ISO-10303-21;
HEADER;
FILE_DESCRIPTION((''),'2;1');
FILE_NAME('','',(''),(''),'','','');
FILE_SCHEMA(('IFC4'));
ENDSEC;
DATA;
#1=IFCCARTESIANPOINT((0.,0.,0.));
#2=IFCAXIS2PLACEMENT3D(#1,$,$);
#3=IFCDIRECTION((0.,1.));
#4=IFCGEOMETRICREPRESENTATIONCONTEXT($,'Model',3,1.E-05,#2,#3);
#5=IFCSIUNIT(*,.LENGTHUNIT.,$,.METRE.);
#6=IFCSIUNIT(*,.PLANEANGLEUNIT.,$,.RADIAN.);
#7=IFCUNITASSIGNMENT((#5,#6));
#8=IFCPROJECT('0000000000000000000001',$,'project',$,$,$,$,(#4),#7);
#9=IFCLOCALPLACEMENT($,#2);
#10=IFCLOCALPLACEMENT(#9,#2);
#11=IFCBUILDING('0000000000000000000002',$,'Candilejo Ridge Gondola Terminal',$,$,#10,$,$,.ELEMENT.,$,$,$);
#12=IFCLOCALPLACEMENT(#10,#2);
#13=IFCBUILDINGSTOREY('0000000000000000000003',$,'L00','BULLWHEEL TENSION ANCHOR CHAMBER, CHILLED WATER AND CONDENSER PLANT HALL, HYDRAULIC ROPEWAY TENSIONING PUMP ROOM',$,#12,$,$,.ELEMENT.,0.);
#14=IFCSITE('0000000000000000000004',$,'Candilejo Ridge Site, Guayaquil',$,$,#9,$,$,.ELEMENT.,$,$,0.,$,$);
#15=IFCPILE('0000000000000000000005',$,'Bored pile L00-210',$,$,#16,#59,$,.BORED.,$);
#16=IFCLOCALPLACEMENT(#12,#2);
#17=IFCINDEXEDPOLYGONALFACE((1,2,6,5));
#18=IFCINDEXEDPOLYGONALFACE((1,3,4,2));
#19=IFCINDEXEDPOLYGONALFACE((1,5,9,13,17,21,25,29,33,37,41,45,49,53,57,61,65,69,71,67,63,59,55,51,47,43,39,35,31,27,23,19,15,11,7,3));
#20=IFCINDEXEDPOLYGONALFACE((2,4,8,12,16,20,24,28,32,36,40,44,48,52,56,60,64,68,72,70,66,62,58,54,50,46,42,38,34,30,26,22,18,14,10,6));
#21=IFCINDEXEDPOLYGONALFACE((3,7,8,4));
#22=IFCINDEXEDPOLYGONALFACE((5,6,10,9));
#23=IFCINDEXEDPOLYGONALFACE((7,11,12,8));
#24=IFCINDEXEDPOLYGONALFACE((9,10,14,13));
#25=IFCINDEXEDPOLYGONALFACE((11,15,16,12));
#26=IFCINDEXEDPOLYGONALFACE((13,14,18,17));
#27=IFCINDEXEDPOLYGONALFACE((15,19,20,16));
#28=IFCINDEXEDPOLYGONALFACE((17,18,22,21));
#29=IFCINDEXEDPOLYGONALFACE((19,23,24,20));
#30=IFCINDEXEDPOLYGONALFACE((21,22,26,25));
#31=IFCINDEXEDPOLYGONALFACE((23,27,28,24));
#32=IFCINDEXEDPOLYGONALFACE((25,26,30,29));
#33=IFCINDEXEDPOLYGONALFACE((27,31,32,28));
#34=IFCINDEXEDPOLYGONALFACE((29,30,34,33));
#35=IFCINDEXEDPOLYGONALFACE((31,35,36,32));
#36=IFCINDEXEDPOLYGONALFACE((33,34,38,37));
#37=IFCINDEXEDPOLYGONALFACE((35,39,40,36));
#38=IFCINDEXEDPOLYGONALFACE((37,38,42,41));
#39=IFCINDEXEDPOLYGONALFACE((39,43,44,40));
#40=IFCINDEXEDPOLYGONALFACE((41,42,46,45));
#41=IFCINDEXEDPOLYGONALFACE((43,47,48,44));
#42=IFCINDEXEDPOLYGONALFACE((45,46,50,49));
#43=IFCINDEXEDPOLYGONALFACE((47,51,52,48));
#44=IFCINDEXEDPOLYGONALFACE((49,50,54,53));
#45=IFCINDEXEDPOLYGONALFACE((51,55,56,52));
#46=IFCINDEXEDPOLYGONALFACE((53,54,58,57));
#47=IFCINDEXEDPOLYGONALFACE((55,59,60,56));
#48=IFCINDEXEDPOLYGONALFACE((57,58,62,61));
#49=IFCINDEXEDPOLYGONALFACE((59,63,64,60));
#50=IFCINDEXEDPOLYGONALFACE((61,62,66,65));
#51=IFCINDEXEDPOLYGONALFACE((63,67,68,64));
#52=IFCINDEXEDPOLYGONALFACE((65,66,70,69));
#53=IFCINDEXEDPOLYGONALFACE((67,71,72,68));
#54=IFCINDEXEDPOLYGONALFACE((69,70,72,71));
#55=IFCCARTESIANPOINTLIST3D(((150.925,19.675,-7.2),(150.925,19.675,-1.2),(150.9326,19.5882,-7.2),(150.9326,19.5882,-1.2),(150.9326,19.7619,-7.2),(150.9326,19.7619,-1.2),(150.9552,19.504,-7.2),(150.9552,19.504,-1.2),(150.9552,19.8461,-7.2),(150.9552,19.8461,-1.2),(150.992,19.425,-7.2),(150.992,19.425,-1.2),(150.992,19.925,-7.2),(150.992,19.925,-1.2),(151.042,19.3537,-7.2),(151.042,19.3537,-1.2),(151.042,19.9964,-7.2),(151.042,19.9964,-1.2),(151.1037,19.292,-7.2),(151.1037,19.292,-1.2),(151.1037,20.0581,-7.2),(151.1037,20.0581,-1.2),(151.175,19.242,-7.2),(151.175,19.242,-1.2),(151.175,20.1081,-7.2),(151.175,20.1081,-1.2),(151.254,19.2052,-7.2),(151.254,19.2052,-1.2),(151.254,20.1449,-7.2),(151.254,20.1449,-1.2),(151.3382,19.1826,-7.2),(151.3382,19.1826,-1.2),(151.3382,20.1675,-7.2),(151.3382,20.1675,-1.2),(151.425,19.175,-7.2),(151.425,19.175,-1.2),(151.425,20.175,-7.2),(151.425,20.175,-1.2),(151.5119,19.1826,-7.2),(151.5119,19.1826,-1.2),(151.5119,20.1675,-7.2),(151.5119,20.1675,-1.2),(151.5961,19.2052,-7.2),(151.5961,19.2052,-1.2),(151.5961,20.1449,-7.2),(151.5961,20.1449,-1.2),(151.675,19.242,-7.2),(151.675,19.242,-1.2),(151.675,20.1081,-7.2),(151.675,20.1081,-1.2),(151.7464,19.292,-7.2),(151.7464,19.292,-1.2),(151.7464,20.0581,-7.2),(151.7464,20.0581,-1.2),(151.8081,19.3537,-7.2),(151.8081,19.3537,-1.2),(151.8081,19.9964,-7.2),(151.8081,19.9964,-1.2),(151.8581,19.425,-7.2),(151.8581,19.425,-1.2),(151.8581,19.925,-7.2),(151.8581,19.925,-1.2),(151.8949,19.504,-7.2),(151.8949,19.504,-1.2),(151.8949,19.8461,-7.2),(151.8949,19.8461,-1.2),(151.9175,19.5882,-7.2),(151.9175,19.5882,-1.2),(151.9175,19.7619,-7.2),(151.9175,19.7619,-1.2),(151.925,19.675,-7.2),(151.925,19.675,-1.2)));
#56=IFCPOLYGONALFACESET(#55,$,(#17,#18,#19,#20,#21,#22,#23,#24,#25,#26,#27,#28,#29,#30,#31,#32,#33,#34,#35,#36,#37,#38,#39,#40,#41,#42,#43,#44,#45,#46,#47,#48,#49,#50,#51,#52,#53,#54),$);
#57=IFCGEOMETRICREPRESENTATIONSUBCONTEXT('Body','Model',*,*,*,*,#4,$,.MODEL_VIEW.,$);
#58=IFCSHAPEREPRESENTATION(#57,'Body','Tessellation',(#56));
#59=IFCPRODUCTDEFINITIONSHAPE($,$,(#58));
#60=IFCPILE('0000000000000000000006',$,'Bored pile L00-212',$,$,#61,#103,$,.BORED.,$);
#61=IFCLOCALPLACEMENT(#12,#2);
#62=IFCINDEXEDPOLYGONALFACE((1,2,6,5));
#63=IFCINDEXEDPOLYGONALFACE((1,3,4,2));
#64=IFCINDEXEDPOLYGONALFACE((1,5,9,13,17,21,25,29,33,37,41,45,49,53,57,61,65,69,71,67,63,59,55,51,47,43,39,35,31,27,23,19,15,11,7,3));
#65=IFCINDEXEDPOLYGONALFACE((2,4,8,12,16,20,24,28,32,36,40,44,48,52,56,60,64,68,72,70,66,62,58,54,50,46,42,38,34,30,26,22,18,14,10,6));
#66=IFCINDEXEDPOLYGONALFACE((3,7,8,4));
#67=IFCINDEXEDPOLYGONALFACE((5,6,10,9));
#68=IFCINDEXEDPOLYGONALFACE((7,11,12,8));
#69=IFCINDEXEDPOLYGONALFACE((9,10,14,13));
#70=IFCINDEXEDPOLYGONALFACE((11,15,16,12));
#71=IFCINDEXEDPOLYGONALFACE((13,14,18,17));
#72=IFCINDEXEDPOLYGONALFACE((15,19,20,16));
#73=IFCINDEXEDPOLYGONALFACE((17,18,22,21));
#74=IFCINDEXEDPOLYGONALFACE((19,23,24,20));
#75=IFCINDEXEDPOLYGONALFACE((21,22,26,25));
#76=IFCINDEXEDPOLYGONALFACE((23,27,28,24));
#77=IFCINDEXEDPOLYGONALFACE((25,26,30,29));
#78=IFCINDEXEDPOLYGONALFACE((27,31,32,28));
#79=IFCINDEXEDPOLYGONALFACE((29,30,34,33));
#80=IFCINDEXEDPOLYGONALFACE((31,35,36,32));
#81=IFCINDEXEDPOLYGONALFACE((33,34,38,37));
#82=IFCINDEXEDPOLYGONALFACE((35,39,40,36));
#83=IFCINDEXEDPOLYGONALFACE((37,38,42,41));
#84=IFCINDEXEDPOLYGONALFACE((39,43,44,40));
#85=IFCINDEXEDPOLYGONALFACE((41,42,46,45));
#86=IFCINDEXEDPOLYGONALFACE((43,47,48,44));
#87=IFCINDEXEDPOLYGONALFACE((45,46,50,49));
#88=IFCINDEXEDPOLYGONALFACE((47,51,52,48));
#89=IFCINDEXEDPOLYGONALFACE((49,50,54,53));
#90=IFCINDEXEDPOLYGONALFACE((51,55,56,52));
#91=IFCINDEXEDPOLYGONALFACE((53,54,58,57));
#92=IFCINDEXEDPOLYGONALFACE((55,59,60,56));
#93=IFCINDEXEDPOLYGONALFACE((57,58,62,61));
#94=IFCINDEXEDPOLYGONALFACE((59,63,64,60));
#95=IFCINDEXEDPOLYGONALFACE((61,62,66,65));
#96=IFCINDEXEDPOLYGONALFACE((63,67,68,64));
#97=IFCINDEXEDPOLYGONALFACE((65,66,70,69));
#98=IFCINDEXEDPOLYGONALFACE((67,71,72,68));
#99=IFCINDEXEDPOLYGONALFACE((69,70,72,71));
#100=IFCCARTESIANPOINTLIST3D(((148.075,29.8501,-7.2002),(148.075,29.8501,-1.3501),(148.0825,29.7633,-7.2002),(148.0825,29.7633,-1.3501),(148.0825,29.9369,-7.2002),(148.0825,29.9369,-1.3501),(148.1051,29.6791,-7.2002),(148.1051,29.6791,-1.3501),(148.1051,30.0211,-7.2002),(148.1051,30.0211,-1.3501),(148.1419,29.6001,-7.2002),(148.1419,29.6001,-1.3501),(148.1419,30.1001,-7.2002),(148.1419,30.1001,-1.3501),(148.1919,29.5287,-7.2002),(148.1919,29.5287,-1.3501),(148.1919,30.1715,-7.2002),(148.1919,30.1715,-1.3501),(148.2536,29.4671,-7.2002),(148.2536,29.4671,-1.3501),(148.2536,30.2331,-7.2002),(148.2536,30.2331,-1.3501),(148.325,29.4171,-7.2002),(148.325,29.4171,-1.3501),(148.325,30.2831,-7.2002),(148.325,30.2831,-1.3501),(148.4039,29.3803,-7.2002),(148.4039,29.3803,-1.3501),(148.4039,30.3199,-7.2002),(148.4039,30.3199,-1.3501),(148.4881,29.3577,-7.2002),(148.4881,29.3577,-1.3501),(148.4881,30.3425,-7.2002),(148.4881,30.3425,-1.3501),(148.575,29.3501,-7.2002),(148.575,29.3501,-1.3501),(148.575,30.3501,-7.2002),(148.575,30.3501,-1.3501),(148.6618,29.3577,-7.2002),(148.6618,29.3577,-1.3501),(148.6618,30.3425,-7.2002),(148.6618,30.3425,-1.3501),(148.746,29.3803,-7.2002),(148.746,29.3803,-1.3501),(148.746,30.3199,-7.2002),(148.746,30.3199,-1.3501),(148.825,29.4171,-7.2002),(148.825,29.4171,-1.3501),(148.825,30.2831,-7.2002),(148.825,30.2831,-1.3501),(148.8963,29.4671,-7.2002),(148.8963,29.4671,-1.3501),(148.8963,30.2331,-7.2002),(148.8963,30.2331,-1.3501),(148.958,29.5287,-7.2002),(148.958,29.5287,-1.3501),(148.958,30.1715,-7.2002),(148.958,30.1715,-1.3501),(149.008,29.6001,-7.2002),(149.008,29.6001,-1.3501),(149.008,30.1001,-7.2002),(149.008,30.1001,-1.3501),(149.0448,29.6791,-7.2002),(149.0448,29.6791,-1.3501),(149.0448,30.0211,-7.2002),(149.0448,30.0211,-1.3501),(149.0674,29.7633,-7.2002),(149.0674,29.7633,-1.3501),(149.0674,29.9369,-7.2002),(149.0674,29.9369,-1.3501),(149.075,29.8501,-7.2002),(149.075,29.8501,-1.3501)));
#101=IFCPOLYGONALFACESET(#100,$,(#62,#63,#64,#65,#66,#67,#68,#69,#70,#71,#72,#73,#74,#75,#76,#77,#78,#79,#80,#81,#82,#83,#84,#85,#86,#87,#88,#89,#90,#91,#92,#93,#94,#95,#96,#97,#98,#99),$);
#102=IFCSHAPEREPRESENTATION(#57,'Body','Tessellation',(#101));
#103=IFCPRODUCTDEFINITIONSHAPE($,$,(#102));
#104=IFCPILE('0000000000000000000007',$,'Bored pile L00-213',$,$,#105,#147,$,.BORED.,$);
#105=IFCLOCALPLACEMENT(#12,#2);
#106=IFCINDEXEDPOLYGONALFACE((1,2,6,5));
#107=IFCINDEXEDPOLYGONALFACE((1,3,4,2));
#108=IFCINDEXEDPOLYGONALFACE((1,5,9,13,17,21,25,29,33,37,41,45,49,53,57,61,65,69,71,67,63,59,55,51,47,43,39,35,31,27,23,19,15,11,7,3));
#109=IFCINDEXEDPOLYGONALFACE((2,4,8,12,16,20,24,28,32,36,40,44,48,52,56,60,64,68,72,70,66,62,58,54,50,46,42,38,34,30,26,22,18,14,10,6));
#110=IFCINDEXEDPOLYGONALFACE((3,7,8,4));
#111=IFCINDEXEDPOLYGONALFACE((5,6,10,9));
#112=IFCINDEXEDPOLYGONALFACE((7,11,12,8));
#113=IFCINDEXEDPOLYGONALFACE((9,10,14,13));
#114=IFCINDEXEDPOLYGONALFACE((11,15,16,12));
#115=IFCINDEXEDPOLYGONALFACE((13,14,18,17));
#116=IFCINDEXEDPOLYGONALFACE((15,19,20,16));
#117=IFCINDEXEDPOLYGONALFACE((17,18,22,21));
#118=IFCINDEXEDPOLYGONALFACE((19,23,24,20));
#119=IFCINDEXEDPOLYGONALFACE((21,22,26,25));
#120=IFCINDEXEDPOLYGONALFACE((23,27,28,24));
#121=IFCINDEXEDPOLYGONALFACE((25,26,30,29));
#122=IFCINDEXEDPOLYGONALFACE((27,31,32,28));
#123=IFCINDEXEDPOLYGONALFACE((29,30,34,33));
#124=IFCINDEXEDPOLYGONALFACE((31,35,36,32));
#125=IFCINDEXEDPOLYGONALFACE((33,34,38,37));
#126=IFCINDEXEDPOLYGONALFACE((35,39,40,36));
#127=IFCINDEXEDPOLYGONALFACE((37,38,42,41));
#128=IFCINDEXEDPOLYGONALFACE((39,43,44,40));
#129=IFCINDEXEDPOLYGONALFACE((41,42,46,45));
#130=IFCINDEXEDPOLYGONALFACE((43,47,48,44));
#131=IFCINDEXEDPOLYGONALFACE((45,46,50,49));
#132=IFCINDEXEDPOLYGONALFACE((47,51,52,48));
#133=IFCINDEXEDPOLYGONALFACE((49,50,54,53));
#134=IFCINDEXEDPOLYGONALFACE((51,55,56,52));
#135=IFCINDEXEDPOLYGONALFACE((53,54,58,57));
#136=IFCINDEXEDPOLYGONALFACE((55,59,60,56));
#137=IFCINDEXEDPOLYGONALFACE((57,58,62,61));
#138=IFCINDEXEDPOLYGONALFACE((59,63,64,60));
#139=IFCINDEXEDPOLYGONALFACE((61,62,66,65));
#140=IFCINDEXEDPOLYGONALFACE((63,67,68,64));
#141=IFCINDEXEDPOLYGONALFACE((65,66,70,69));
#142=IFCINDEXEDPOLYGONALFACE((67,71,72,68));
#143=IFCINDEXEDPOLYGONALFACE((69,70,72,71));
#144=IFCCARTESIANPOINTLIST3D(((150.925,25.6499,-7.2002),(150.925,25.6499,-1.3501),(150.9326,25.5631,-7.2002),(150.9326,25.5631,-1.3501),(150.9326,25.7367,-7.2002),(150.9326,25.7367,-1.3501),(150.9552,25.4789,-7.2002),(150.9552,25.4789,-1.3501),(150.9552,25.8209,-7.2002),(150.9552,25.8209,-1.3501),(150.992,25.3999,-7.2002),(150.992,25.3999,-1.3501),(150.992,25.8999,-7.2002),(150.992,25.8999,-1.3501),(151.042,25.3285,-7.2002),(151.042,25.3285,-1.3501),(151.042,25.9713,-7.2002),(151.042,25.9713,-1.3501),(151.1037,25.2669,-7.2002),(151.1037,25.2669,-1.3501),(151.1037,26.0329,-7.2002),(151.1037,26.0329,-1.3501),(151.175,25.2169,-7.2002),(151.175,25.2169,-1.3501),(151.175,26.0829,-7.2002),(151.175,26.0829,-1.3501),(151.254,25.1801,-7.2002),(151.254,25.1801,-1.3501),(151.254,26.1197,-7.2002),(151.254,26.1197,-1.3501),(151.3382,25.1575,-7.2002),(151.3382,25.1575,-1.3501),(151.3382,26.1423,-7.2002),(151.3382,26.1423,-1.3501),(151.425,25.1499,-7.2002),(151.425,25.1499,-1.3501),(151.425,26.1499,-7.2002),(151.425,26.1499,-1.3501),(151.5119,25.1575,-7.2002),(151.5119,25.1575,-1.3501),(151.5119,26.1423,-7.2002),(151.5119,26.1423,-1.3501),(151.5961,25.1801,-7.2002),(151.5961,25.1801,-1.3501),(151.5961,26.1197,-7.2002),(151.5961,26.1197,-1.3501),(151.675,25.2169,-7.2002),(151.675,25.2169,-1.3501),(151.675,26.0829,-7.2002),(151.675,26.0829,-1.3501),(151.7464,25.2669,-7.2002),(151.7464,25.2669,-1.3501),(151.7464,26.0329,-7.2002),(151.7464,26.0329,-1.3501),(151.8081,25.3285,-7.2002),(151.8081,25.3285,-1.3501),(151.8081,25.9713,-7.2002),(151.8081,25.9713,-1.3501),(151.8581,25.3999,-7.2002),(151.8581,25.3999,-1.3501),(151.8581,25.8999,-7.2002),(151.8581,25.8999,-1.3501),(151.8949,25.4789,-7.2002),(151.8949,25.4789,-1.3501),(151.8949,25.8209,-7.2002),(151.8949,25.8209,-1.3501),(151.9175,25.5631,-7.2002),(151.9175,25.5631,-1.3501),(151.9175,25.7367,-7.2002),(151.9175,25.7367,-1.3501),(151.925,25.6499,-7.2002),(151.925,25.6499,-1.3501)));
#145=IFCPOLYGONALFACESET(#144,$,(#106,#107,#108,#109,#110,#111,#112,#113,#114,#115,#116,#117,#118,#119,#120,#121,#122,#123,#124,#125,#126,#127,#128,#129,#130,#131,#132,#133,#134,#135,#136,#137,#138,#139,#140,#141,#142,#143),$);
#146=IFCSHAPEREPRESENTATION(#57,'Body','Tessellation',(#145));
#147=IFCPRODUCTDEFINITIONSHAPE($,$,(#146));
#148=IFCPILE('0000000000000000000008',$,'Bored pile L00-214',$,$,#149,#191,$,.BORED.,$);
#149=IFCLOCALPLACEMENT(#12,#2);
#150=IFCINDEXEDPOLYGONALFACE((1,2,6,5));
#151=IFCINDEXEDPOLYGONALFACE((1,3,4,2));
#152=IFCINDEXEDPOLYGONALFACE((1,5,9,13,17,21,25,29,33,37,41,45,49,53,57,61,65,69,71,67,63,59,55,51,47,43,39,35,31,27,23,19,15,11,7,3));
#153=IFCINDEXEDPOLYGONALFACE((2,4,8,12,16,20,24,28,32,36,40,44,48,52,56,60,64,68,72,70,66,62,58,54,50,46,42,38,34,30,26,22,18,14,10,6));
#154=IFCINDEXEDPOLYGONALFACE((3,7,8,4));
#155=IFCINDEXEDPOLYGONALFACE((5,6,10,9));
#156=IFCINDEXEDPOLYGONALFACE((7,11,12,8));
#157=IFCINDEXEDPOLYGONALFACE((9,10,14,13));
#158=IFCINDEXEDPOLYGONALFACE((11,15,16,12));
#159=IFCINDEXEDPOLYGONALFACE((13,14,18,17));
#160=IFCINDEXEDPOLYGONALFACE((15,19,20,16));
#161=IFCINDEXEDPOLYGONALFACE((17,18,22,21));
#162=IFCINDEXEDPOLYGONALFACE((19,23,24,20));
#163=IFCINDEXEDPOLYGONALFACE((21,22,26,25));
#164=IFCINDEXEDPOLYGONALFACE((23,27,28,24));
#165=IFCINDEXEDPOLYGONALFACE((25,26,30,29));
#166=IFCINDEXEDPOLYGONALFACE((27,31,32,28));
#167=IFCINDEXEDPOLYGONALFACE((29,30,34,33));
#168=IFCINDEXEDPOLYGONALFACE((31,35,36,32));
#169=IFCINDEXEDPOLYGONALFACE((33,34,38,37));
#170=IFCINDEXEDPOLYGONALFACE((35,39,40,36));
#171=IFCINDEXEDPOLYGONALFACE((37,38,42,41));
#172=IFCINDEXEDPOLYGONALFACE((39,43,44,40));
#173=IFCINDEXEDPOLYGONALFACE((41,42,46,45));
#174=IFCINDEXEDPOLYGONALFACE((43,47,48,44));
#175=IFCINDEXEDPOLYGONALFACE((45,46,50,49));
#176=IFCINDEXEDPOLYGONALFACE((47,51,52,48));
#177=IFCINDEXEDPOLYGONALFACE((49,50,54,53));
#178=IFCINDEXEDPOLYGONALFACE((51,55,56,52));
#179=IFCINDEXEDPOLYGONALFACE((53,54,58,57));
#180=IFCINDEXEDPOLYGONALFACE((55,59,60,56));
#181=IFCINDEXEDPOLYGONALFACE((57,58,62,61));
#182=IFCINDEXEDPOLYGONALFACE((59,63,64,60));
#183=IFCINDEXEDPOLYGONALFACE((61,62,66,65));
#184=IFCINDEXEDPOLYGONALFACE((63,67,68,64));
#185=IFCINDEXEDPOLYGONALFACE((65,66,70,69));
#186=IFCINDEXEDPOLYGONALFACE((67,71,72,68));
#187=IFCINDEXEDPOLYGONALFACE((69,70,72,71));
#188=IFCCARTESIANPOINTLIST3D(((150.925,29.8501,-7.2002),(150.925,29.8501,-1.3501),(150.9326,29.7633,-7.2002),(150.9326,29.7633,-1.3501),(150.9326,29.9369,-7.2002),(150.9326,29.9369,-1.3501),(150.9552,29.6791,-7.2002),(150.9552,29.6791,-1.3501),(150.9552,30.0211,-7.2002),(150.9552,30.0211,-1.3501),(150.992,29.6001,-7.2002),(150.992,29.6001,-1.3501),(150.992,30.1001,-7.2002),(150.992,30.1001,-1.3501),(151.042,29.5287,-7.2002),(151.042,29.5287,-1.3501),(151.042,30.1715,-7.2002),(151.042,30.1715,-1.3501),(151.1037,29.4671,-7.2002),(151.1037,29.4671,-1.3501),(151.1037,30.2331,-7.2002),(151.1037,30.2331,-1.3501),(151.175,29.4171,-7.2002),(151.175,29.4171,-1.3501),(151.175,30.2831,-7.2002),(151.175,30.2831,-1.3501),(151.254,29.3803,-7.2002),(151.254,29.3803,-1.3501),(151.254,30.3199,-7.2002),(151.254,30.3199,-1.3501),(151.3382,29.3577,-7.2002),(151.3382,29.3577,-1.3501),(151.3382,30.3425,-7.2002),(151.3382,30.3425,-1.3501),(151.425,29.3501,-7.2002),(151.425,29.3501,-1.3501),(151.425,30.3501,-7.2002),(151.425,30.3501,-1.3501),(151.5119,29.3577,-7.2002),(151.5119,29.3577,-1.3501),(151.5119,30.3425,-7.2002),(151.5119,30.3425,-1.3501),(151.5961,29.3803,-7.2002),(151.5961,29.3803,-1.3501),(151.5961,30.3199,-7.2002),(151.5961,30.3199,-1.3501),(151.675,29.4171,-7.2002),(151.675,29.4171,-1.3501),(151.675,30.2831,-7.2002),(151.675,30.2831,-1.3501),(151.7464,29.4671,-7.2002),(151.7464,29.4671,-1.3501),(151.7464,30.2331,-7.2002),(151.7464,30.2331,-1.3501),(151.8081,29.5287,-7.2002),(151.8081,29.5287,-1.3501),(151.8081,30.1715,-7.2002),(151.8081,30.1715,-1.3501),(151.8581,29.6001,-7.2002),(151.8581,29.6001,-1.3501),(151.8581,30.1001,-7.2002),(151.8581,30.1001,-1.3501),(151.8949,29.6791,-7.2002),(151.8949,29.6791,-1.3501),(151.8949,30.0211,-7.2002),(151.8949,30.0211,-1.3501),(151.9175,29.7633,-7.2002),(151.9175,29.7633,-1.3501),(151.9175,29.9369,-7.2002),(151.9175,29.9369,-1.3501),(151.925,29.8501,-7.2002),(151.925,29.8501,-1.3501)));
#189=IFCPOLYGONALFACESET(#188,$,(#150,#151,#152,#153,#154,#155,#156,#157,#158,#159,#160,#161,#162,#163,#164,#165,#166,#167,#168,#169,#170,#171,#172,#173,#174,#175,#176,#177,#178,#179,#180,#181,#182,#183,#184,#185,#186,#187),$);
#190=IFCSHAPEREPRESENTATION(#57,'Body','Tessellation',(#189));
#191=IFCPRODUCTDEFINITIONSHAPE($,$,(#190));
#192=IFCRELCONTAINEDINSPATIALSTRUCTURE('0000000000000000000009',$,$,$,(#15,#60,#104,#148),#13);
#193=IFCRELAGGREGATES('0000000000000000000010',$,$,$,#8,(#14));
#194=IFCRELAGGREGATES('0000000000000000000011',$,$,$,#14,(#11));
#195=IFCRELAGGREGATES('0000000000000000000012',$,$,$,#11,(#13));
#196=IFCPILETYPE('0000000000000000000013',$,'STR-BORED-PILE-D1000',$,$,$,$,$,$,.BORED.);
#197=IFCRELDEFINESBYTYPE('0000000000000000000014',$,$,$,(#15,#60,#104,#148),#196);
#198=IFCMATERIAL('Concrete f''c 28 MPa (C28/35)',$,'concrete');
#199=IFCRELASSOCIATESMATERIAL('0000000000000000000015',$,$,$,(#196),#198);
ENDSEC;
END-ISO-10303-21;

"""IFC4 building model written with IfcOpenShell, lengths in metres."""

from ifc_helpers import new_model, si_unit, direction, frame, origin, origin_2d, place, context, subcontext, project, spatial, circle, extrude, material, material_profile, profile_set, type_object, element, save


model = new_model("IFC4")

# Units and contexts
model_context = context("Model", 3, precision=1e-05, world=origin(), true_north=direction((0.0, 1.0)))
body_context = subcontext(model_context, "Body", "Model", "MODEL_VIEW")
ifc_project = project(units=[si_unit("LENGTHUNIT", "METRE"), si_unit("PLANEANGLEUNIT", "RADIAN")], contexts=[model_context])

# Site, building, storey
site_placement = place(None, origin())
site = spatial("IfcSite", under=ifc_project, at=site_placement, Name="Candilejo Ridge Site, Guayaquil", CompositionType="ELEMENT", RefElevation=0.0)
building_placement = place(site_placement, origin())
building = spatial("IfcBuilding", under=site, at=building_placement, Name="Candilejo Ridge Gondola Terminal", CompositionType="ELEMENT")
storey_placement = place(building_placement, origin())
storey = spatial("IfcBuildingStorey", under=building, at=storey_placement, Name="L00", Description="BULLWHEEL TENSION ANCHOR CHAMBER, CHILLED WATER AND CONDENSER PLANT HALL, HYDRAULIC ROPEWAY TENSIONING PUMP ROOM", CompositionType="ELEMENT", Elevation=0.0)

# Piles
ifc_material_1 = material(Name="Concrete f'c 28 MPa (C28/35)", Category="concrete")
ifc_material_profile_1 = material_profile(ifc_material_1, circle(Radius=0.5, at=origin_2d()))
ifc_profile_set_1 = profile_set([ifc_material_profile_1], Name="Concrete f'c 28 MPa (C28/35)")
pile_type = type_object("IfcPileType", Name="STR-BORED-PILE-D1000", PredefinedType="BORED", material=ifc_profile_set_1)
pile_1_placement = place(storey_placement, frame((151.425, 19.675, -1.2), z_axis=(0.0, 0.0, -1.0), x_axis=(1.0, 0.0, 0.0)))
element("IfcPile", 1, at=pile_1_placement, inside=storey, type_object=pile_type, Name="Bored pile L00-210", PredefinedType="BORED", context=body_context, shape_type="SweptSolid", body=[
    extrude(circle(Radius=0.5, at=origin_2d()), origin(), (0.0, 0.0, 1.0), 6.0),
])
for number, where, z_axis, x_axis, name in (
    (2, (148.575, 29.8501, -1.3501), (0.0, 0.0, -1.0), (1.0, 0.0, 0.0), "Bored pile L00-212"),
    (3, (151.425, 25.6499, -1.3501), (0.0, 0.0, -1.0), (1.0, 0.0, 0.0), "Bored pile L00-213"),
    (4, (151.425, 29.8501, -1.3501), (0.0, 0.0, -1.0), (1.0, 0.0, 0.0), "Bored pile L00-214"),
):
    element("IfcPile", number, at=place(storey_placement, frame(where, z_axis=z_axis, x_axis=x_axis)), inside=storey, type_object=pile_type, Name=name, PredefinedType="BORED", context=body_context, shape_type="SweptSolid", body=[
        extrude(circle(Radius=0.5, at=origin_2d()), origin(), (0.0, 0.0, 1.0), 5.8501),
    ])

save(model, "model.ifc")
